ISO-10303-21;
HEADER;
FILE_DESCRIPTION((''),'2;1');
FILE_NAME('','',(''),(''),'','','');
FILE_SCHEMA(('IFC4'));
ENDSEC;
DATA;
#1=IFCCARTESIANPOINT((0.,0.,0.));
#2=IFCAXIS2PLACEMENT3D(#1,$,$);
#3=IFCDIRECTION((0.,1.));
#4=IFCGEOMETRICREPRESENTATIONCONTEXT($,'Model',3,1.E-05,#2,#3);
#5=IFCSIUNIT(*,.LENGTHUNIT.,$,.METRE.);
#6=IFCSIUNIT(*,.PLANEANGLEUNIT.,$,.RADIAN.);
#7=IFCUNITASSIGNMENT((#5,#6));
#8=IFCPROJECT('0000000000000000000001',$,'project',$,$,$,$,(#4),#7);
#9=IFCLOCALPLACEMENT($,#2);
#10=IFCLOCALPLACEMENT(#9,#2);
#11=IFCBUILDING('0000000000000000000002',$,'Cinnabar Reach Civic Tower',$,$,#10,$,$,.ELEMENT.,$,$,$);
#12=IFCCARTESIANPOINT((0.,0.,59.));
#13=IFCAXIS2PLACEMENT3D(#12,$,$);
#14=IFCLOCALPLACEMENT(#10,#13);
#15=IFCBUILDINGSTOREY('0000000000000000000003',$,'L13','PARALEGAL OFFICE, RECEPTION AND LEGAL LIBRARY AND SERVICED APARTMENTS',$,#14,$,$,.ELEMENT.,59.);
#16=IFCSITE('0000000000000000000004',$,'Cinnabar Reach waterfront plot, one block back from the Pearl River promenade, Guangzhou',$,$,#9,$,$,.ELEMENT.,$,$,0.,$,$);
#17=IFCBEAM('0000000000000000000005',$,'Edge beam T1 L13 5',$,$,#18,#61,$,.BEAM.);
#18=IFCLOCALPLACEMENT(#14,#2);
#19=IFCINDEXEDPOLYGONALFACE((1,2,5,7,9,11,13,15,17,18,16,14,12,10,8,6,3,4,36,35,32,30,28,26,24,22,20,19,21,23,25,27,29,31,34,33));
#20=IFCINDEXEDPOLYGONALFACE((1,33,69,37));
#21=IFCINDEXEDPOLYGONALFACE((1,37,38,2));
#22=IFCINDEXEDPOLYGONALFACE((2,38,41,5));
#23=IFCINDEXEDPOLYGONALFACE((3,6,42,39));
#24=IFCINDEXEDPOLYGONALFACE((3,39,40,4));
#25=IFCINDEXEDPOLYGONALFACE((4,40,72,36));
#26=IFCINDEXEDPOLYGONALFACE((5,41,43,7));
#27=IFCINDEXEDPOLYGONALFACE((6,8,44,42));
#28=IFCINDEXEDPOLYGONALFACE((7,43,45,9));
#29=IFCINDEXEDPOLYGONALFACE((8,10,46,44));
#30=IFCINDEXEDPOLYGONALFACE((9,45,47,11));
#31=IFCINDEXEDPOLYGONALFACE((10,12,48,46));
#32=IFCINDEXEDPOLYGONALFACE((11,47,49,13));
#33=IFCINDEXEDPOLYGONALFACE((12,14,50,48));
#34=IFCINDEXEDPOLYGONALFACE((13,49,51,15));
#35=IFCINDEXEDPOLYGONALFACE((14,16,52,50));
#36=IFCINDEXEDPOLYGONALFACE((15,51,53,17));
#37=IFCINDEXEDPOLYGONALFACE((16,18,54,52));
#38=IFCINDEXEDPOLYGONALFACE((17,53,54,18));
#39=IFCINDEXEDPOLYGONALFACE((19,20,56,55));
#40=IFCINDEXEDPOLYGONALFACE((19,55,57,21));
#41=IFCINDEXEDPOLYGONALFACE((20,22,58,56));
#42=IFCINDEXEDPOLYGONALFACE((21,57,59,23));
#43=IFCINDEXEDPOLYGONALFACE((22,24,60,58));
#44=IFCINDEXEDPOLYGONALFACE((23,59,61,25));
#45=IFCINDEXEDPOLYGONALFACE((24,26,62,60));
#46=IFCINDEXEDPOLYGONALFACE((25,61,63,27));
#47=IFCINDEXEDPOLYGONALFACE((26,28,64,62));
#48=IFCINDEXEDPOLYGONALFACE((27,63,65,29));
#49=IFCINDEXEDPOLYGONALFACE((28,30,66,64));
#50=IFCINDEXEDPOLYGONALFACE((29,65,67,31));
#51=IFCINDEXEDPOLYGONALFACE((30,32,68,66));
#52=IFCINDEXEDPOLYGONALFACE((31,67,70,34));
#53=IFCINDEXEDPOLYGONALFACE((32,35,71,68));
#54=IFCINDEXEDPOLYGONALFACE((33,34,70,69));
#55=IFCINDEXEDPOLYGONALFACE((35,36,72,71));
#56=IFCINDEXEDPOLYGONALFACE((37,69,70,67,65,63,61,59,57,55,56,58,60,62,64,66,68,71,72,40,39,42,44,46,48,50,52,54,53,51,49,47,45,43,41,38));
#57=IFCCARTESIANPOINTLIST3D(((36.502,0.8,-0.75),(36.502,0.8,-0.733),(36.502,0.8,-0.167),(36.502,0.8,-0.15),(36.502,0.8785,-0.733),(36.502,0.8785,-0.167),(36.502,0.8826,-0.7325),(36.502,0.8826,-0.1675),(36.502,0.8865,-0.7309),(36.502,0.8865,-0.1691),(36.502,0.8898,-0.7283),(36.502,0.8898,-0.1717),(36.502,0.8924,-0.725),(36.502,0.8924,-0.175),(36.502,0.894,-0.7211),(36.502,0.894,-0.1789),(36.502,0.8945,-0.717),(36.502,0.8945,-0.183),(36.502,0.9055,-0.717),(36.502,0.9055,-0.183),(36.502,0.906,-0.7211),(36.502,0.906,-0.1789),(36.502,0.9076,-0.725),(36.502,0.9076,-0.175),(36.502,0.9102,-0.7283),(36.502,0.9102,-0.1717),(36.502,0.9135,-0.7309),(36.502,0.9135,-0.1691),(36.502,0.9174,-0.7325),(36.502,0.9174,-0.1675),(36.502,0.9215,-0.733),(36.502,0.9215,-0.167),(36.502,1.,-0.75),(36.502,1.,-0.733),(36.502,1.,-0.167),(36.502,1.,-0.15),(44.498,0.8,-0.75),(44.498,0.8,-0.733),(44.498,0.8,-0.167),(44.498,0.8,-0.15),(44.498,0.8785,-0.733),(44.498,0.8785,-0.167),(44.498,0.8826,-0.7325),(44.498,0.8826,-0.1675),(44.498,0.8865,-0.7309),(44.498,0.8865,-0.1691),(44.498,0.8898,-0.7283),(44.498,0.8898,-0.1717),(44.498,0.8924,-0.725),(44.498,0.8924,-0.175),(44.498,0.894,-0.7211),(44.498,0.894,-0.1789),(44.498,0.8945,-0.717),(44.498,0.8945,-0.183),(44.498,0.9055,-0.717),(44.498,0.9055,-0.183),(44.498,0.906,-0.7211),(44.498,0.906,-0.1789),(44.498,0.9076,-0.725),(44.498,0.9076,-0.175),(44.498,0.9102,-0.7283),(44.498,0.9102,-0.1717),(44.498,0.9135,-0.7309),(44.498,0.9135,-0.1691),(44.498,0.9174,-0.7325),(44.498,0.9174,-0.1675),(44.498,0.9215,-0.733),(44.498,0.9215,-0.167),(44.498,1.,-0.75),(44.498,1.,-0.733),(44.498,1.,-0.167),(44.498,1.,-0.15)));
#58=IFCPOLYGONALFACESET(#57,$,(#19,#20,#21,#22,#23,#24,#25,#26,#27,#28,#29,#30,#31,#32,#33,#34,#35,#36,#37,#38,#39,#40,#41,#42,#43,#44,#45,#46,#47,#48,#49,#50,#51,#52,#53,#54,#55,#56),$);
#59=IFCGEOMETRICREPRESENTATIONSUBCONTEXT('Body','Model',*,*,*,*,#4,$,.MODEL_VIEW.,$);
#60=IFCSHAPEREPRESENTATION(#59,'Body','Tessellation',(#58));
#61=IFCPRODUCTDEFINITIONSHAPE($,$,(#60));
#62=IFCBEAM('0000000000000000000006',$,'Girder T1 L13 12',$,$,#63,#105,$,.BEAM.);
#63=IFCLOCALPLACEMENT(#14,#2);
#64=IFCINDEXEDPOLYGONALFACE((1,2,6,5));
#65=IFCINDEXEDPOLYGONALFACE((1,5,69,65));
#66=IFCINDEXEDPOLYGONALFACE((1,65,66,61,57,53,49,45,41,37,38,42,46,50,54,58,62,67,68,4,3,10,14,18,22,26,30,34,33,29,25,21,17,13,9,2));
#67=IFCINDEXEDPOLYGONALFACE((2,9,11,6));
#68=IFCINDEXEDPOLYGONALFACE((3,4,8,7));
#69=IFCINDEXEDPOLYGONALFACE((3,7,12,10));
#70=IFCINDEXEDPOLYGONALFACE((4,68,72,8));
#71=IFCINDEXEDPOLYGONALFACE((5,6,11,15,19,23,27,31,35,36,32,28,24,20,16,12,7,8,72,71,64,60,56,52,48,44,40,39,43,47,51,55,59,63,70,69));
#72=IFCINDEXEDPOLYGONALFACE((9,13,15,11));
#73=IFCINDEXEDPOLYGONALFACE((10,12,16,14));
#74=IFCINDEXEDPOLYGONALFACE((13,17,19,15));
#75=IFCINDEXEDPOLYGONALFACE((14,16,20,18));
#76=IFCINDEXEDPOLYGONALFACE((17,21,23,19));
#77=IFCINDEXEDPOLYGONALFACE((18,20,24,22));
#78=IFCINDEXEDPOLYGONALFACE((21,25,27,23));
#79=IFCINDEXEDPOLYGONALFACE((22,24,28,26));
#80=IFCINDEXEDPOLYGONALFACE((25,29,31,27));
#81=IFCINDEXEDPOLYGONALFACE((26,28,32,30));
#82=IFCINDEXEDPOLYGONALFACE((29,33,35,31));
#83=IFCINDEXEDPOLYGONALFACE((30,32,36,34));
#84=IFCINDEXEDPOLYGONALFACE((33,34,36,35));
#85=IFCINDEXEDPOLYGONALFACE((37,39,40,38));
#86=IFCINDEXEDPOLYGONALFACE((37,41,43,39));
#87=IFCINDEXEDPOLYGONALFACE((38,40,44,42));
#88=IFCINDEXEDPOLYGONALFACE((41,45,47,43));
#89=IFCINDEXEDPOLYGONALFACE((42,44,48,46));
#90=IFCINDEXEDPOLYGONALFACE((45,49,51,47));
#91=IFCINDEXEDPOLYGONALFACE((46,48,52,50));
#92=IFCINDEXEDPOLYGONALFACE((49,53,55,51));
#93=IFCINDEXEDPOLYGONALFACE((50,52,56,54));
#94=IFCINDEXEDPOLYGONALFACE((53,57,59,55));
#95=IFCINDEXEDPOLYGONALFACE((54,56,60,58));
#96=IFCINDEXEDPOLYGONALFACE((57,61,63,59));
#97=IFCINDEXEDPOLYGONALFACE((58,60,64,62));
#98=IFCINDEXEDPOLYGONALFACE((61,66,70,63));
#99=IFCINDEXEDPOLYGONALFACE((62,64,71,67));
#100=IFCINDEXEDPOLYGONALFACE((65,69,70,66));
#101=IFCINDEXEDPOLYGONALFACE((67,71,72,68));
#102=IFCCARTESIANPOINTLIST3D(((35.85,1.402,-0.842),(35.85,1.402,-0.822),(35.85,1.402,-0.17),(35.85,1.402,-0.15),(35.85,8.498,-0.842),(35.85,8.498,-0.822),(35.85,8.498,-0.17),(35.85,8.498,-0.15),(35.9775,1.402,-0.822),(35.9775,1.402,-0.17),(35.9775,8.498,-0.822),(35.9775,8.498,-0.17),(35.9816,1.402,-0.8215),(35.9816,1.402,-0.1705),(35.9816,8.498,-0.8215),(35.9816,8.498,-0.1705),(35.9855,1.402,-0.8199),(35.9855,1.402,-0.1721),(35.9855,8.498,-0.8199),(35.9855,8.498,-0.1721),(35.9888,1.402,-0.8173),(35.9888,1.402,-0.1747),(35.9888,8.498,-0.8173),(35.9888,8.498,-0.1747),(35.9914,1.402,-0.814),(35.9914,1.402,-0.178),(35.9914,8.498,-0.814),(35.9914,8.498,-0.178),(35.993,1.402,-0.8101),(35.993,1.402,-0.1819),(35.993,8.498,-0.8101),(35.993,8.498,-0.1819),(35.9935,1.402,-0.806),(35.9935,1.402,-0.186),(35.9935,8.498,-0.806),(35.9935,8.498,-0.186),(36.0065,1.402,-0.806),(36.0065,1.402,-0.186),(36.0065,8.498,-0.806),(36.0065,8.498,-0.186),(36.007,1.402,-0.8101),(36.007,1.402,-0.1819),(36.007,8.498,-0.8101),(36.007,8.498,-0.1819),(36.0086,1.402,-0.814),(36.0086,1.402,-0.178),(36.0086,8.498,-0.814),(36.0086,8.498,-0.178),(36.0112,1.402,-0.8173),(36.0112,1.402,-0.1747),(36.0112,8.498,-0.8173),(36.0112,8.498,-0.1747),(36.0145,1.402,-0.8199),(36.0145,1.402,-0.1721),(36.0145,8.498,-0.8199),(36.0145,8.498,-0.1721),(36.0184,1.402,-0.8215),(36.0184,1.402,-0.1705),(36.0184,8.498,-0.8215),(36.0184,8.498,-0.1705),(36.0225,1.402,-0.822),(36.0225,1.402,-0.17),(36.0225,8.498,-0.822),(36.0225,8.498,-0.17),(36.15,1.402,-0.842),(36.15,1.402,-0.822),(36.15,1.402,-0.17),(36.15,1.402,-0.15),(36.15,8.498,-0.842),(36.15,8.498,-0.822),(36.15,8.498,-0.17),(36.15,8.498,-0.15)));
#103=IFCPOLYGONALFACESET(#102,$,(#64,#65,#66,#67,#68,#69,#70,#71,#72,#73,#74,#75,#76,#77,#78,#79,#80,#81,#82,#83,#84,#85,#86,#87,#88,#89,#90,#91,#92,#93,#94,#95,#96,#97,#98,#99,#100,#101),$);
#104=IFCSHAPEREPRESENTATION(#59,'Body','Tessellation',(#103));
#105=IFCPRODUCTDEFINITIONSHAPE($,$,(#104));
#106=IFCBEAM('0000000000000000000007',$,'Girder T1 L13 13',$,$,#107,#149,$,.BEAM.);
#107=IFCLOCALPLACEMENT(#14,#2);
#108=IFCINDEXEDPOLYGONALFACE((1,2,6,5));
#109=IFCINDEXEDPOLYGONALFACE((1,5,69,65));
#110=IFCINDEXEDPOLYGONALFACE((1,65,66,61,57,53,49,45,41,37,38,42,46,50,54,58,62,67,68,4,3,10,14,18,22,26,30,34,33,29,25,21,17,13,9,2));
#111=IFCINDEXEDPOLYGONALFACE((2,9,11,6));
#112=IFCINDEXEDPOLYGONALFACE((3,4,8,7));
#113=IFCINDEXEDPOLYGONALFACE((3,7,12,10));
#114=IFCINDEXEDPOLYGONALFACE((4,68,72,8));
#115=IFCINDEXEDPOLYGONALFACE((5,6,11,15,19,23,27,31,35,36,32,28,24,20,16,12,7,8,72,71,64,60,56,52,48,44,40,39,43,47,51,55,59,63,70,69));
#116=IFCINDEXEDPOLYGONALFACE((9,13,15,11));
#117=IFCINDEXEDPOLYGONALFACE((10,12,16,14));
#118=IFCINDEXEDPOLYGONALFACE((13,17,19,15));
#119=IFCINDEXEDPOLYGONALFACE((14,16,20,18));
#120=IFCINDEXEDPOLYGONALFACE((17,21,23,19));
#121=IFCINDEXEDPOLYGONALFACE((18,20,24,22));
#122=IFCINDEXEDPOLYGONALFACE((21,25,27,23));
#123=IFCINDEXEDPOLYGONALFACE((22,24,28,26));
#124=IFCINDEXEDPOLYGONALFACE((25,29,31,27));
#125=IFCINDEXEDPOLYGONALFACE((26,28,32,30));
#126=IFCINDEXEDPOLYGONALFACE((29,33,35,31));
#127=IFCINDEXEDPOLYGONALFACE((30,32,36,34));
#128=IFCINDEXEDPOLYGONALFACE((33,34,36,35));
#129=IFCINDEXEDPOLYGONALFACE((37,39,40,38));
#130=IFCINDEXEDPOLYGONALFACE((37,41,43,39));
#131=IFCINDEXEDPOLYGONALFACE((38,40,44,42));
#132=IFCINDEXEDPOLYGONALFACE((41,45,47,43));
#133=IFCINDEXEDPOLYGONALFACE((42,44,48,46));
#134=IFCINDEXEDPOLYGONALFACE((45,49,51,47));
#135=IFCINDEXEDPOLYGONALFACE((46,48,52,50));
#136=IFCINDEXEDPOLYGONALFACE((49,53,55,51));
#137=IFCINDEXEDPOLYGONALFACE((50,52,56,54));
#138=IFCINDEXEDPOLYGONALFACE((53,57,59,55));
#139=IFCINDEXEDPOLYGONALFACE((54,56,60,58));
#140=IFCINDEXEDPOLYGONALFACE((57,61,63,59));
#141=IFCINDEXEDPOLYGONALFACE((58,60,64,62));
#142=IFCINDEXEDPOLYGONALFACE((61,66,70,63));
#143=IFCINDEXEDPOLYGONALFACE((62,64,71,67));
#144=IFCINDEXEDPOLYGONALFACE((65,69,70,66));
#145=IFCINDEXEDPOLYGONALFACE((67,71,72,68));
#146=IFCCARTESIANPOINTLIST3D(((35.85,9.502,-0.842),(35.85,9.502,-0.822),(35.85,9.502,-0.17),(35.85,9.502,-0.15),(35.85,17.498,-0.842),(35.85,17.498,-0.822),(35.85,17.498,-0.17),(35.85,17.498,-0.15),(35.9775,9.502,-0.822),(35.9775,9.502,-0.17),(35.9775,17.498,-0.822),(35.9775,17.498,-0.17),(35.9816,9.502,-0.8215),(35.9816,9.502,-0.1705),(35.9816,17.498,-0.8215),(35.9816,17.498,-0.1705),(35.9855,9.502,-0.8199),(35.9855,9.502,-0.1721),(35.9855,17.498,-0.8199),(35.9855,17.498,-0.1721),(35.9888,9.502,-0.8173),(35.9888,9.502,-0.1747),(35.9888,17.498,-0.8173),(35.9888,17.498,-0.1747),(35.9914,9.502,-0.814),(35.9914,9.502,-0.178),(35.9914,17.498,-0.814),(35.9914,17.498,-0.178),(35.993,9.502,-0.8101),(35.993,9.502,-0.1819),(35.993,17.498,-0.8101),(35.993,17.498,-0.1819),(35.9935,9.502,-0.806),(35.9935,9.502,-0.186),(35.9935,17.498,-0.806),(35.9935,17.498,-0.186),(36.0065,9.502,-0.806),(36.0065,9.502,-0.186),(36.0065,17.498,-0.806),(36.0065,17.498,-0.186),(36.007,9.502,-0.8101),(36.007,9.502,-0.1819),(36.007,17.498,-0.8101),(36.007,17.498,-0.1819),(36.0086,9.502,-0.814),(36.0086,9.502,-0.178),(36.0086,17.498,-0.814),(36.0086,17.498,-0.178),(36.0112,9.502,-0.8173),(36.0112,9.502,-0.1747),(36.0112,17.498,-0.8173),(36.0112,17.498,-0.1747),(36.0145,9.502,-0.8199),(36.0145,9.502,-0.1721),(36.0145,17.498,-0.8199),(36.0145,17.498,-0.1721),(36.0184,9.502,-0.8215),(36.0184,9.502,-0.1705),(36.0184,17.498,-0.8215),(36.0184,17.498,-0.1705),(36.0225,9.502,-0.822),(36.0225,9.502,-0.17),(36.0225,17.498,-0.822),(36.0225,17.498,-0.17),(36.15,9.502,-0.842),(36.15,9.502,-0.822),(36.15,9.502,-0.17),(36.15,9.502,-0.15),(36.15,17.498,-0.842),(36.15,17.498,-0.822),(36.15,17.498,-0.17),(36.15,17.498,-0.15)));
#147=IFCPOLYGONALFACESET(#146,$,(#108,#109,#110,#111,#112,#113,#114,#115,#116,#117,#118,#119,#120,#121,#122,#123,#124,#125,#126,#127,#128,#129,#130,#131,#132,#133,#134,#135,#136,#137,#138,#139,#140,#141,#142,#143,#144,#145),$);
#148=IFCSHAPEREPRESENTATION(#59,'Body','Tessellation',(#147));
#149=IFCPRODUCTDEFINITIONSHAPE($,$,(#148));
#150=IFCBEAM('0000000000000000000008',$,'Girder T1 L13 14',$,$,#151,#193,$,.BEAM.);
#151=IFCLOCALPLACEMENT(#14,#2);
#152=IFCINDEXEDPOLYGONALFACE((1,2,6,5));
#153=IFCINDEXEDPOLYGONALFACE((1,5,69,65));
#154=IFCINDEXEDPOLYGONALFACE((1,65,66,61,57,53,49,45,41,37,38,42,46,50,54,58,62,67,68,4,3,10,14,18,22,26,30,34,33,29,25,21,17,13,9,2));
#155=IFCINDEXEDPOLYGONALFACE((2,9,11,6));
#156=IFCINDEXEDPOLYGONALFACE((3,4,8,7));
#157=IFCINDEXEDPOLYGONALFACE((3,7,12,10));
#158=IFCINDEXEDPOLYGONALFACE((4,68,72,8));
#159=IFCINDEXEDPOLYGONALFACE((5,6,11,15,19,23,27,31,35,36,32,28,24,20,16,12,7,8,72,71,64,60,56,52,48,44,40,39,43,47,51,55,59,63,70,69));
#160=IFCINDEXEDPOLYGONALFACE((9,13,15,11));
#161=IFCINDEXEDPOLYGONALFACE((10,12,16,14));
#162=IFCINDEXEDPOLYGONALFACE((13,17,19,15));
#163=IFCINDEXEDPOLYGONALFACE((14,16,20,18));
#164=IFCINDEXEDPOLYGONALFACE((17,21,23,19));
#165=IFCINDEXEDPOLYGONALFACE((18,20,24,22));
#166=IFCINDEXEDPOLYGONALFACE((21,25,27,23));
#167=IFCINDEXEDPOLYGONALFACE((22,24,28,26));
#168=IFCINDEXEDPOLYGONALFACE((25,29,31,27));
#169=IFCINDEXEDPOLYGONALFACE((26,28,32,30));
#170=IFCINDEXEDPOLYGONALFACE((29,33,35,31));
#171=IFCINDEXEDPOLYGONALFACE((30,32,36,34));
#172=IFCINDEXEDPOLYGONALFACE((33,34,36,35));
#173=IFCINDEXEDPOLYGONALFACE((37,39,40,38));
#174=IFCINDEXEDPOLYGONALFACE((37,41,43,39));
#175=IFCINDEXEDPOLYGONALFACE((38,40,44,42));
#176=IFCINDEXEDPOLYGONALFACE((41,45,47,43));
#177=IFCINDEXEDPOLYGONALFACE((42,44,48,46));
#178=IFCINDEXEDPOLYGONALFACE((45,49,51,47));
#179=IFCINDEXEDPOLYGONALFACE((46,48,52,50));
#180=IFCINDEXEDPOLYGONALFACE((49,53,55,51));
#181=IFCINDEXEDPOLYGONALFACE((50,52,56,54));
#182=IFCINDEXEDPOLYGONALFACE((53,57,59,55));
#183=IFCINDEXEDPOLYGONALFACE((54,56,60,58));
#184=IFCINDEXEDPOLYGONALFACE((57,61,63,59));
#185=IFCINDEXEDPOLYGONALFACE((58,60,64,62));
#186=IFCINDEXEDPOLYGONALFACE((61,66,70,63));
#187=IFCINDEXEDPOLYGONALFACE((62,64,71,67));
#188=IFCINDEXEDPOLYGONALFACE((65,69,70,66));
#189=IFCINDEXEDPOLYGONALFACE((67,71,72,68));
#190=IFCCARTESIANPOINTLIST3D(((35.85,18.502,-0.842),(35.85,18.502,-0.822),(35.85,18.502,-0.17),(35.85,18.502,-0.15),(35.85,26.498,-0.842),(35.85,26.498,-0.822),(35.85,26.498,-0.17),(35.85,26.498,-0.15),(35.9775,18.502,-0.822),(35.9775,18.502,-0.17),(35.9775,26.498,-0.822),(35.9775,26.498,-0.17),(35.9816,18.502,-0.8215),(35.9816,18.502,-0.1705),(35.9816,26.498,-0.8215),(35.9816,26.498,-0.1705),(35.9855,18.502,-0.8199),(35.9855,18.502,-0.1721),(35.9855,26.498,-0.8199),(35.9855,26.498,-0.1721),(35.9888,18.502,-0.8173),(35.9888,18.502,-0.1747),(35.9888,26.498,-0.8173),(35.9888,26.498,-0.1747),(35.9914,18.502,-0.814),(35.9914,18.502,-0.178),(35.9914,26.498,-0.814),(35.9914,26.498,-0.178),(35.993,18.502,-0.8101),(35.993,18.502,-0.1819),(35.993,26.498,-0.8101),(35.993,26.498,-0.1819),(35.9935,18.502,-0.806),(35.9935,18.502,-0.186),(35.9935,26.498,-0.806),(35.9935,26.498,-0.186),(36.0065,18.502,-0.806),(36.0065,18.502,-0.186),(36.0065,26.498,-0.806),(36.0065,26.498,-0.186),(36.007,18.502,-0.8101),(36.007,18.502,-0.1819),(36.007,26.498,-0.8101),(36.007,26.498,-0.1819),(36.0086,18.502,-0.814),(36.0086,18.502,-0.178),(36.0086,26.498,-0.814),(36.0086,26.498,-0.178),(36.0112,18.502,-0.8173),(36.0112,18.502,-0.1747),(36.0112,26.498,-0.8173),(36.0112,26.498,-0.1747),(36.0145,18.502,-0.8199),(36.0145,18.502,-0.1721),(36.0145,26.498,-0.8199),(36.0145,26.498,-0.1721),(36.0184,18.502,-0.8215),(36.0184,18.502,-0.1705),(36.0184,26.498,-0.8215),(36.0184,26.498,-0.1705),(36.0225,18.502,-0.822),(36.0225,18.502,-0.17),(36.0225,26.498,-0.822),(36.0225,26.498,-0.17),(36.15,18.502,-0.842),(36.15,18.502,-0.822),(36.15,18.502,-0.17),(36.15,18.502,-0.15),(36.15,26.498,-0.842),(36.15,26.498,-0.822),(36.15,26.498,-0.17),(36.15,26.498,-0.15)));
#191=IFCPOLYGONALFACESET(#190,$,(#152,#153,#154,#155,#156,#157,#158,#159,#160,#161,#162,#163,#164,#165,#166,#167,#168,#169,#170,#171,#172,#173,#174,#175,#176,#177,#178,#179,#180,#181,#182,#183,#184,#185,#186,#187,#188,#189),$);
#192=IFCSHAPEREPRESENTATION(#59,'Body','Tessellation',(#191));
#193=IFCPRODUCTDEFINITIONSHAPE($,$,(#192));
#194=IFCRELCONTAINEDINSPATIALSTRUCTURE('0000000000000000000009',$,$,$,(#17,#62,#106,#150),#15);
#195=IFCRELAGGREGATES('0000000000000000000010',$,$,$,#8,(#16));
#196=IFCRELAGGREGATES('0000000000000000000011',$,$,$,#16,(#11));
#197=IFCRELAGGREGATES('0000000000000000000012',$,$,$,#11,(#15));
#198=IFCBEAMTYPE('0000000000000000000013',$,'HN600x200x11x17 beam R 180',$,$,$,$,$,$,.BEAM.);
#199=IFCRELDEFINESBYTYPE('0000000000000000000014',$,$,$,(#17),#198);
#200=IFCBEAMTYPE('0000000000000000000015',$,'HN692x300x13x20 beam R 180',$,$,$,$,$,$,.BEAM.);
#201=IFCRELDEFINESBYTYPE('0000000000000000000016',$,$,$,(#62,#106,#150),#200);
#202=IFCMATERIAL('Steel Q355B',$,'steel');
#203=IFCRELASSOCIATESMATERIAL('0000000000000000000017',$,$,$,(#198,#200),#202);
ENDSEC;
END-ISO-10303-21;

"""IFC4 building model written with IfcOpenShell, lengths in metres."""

from ifc_helpers import new_model, si_unit, direction, frame, origin, origin_2d, place, context, subcontext, project, spatial, i_section, extrude, material, material_profile, profile_set, type_object, element, save


model = new_model("IFC4")

# Units and contexts
model_context = context("Model", 3, precision=1e-05, world=origin(), true_north=direction((0.0, 1.0)))
body_context = subcontext(model_context, "Body", "Model", "MODEL_VIEW")
ifc_project = project(units=[si_unit("LENGTHUNIT", "METRE"), si_unit("PLANEANGLEUNIT", "RADIAN")], contexts=[model_context])

# Site, building, storey
site_placement = place(None, origin())
site = spatial("IfcSite", under=ifc_project, at=site_placement, Name="Cinnabar Reach waterfront plot, one block back from the Pearl River promenade, Guangzhou", CompositionType="ELEMENT", RefElevation=0.0)
building_placement = place(site_placement, origin())
building = spatial("IfcBuilding", under=site, at=building_placement, Name="Cinnabar Reach Civic Tower", CompositionType="ELEMENT")
storey_placement = place(building_placement, frame((0.0, 0.0, 59.0)))
storey = spatial("IfcBuildingStorey", under=building, at=storey_placement, Name="L13", Description="PARALEGAL OFFICE, RECEPTION AND LEGAL LIBRARY AND SERVICED APARTMENTS", CompositionType="ELEMENT", Elevation=59.0)

# Beams
ifc_material_1 = material(Name="Steel Q355B", Category="steel")
ifc_material_profile_1 = material_profile(ifc_material_1, i_section(OverallWidth=0.2, OverallDepth=0.6, WebThickness=0.011, FlangeThickness=0.017, FilletRadius=0.016, at=origin_2d()), Name="HN600x200x11x17")
ifc_profile_set_1 = profile_set([ifc_material_profile_1], Name="Steel Q355B")
beam_type_1 = type_object("IfcBeamType", Name="HN600x200x11x17 beam R 180", PredefinedType="BEAM", material=ifc_profile_set_1)
for number, where, z_axis, x_axis, name in (
    (1, (36.502, 0.9, -0.45), (1.0, 0.0, 0.0), (0.0, 1.0, 0.0), "Edge beam T1 L13 5"),
):
    element("IfcBeam", number, at=place(storey_placement, frame(where, z_axis=z_axis, x_axis=x_axis)), inside=storey, type_object=beam_type_1, Name=name, PredefinedType="BEAM", context=body_context, shape_type="SweptSolid", body=[
        extrude(i_section(OverallWidth=0.2, OverallDepth=0.6, WebThickness=0.011, FlangeThickness=0.017, FilletRadius=0.016, at=origin_2d()), origin(), (0.0, 0.0, 1.0), 7.996),
    ])
ifc_material_profile_2 = material_profile(ifc_material_1, i_section(OverallWidth=0.3, OverallDepth=0.692, WebThickness=0.013, FlangeThickness=0.02, FilletRadius=0.016, at=origin_2d()), Name="HN692x300x13x20")
ifc_profile_set_2 = profile_set([ifc_material_profile_2], Name="Steel Q355B")
beam_type_2 = type_object("IfcBeamType", Name="HN692x300x13x20 beam R 180", PredefinedType="BEAM", material=ifc_profile_set_2)
beam_1_placement = place(storey_placement, frame((36.0, 1.402, -0.496), z_axis=(0.0, 1.0, 0.0), x_axis=(-1.0, 0.0, 0.0)))
element("IfcBeam", 2, at=beam_1_placement, inside=storey, type_object=beam_type_2, Name="Girder T1 L13 12", PredefinedType="BEAM", context=body_context, shape_type="SweptSolid", body=[
    extrude(i_section(OverallWidth=0.3, OverallDepth=0.692, WebThickness=0.013, FlangeThickness=0.02, FilletRadius=0.016, at=origin_2d()), origin(), (0.0, 0.0, 1.0), 7.096),
])
for number, where, z_axis, x_axis, name in (
    (3, (36.0, 9.502, -0.496), (0.0, 1.0, 0.0), (-1.0, 0.0, 0.0), "Girder T1 L13 13"),
    (4, (36.0, 18.502, -0.496), (0.0, 1.0, 0.0), (-1.0, 0.0, 0.0), "Girder T1 L13 14"),
):
    element("IfcBeam", number, at=place(storey_placement, frame(where, z_axis=z_axis, x_axis=x_axis)), inside=storey, type_object=beam_type_2, Name=name, PredefinedType="BEAM", context=body_context, shape_type="SweptSolid", body=[
        extrude(i_section(OverallWidth=0.3, OverallDepth=0.692, WebThickness=0.013, FlangeThickness=0.02, FilletRadius=0.016, at=origin_2d()), origin(), (0.0, 0.0, 1.0), 7.996),
    ])

save(model, "model.ifc")
